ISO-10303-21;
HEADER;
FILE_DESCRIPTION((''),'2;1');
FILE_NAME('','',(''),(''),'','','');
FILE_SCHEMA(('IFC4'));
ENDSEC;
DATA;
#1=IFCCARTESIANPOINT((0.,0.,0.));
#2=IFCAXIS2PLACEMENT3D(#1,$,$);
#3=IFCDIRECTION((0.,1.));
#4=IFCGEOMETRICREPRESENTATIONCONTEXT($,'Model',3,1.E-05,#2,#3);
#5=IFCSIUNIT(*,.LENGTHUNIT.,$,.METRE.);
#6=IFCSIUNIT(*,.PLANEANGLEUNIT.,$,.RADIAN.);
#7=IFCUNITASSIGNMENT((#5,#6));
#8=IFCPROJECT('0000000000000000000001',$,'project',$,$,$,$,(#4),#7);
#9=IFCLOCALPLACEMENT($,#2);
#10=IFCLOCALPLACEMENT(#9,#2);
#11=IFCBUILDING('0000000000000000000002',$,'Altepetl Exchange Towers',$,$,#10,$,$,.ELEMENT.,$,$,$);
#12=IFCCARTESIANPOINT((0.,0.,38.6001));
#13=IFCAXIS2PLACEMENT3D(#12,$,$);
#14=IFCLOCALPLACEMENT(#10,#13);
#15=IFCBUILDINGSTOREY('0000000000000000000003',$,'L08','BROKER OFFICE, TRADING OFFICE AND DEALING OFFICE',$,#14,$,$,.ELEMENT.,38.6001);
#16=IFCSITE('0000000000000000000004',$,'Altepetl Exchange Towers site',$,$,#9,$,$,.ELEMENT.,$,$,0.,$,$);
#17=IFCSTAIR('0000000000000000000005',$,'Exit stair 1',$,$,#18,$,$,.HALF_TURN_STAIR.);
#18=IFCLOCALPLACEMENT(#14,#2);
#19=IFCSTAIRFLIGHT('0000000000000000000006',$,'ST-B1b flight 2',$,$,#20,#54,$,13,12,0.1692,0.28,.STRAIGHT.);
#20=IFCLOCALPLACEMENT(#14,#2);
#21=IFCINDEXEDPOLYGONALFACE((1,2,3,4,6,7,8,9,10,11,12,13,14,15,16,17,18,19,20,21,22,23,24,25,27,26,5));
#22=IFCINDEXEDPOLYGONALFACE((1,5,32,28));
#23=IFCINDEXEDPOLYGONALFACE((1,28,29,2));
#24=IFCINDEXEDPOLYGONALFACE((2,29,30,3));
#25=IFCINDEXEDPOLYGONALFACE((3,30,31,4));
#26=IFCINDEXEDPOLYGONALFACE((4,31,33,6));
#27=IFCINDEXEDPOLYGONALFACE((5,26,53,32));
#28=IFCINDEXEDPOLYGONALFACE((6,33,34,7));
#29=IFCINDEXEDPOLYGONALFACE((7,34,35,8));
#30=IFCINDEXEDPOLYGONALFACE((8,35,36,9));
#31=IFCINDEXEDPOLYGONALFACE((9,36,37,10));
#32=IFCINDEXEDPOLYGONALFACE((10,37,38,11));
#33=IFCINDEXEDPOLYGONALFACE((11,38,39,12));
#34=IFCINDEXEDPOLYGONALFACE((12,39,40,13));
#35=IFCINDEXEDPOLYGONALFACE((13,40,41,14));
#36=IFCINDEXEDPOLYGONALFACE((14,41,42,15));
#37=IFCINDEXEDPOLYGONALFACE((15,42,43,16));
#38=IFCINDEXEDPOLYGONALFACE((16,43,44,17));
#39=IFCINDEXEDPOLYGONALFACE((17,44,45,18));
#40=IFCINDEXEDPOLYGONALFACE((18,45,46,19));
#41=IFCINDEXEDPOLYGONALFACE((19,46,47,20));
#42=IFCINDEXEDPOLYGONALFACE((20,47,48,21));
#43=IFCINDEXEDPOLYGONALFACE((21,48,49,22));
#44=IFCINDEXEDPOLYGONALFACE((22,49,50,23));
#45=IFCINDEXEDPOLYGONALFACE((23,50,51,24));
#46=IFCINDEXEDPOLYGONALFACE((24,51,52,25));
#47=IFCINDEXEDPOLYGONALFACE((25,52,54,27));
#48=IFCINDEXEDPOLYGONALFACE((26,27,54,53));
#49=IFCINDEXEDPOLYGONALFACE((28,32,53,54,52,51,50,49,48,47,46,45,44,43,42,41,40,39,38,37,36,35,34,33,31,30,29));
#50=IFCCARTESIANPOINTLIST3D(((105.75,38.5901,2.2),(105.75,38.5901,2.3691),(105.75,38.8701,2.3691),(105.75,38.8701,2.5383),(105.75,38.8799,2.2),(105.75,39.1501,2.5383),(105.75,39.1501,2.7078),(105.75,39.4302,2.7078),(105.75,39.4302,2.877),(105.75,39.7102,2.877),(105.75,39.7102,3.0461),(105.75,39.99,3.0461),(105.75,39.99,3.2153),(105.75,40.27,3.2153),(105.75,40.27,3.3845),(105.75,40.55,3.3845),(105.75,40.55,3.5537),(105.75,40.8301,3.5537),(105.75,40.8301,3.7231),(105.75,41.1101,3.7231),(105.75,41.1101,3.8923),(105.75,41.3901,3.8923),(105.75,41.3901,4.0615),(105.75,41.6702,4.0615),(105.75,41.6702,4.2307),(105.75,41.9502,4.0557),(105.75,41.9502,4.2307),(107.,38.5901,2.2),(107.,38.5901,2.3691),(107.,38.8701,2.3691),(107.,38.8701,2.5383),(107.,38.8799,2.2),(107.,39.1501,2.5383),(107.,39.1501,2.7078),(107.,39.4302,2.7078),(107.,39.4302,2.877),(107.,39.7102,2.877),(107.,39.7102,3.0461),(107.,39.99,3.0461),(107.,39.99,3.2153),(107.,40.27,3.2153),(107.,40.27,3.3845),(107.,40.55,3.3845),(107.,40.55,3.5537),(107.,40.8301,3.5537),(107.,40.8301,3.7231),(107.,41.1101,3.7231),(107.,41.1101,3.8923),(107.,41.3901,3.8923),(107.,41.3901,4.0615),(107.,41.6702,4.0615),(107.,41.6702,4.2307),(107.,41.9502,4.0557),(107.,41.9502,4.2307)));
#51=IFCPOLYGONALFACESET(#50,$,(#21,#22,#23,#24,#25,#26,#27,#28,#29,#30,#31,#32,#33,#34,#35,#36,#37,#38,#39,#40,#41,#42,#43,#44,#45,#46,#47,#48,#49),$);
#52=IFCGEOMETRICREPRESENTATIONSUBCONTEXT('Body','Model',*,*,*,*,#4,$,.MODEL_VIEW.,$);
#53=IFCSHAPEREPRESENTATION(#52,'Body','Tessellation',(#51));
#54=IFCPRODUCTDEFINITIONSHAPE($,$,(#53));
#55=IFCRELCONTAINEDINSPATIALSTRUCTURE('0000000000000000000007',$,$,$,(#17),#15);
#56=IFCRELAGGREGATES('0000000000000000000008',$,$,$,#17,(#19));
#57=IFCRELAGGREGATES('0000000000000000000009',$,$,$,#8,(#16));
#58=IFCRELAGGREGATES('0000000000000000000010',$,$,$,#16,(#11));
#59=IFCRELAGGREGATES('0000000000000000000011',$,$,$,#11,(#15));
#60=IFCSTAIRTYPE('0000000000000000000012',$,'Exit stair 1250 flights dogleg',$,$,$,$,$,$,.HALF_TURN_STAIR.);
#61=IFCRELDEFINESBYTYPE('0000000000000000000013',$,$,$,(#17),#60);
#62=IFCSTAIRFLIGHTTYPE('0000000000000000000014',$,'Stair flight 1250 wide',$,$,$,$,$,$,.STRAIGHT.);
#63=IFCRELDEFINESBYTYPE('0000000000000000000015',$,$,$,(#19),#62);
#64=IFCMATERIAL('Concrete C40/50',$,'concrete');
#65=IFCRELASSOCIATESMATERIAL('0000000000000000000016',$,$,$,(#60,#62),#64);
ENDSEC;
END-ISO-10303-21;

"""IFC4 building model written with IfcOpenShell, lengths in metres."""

from ifc_helpers import new_model, si_unit, direction, frame, origin, place, context, subcontext, project, spatial, polyline, outline, extrude, material, type_object, element, aggregate, save


model = new_model("IFC4")

# Units and contexts
model_context = context("Model", 3, precision=1e-05, world=origin(), true_north=direction((0.0, 1.0)))
body_context = subcontext(model_context, "Body", "Model", "MODEL_VIEW")
ifc_project = project(units=[si_unit("LENGTHUNIT", "METRE"), si_unit("PLANEANGLEUNIT", "RADIAN")], contexts=[model_context])

# Site, building, storey
site_placement = place(None, origin())
site = spatial("IfcSite", under=ifc_project, at=site_placement, Name="Altepetl Exchange Towers site", CompositionType="ELEMENT", RefElevation=0.0)
building_placement = place(site_placement, origin())
building = spatial("IfcBuilding", under=site, at=building_placement, Name="Altepetl Exchange Towers", CompositionType="ELEMENT")
storey_placement = place(building_placement, frame((0.0, 0.0, 38.6001)))
storey = spatial("IfcBuildingStorey", under=building, at=storey_placement, Name="L08", Description="BROKER OFFICE, TRADING OFFICE AND DEALING OFFICE", CompositionType="ELEMENT", Elevation=38.6001)

# Shared definitions
ifc_material_1 = material(Name="Concrete C40/50", Category="concrete")

# Stair, stair flight
stair_type = type_object("IfcStairType", Name="Exit stair 1250 flights dogleg", PredefinedType="HALF_TURN_STAIR", material=ifc_material_1)
stair_placement = place(storey_placement, origin())
stair = element("IfcStair", 1, at=stair_placement, inside=storey, type_object=stair_type, Name="Exit stair 1", PredefinedType="HALF_TURN_STAIR")
stair_flight_type = type_object("IfcStairFlightType", Name="Stair flight 1250 wide", PredefinedType="STRAIGHT", material=ifc_material_1)
stair_flight_1_placement = place(storey_placement, frame((106.375, 38.5901, 2.2), z_axis=(0.0, 0.0, 1.0), x_axis=(0.0, 1.0, 0.0)))
stair_flight_1 = element("IfcStairFlight", 2, at=stair_flight_1_placement, type_object=stair_flight_type, Name="ST-B1b flight 2", NumberOfRisers=13, NumberOfTreads=12, PredefinedType="STRAIGHT", RiserHeight=0.1692, TreadLength=0.28, context=body_context, shape_type="SweptSolid", body=[
    extrude(outline(polyline([(0.0, 0.0), (0.0, 0.1692), (0.28, 0.1692), (0.28, 0.3384), (0.5601, 0.3384), (0.5601, 0.5078), (0.8401, 0.5078), (0.8401, 0.677), (1.1201, 0.677), (1.1201, 0.8462), (1.3999, 0.8462), (1.3999, 1.0154), (1.6799, 1.0154), (1.6799, 1.1846), (1.96, 1.1846), (1.96, 1.3538), (2.24, 1.3538), (2.24, 1.5232), (2.52, 1.5232), (2.52, 1.6924), (2.8, 1.6924), (2.8, 1.8616), (3.0801, 1.8616), (3.0801, 2.0308), (3.3601, 2.0308), (3.3601, 2.2), (3.3601, 1.8557), (0.2898, 0.0), (0.0, 0.0)])), frame((0.0, 0.625, 0.0), z_axis=(0.0, -1.0, 0.0), x_axis=(1.0, 0.0, 0.0)), (0.0, 0.0, 1.0), 1.25),
])
aggregate(stair, [stair_flight_1])

save(model, "model.ifc")
